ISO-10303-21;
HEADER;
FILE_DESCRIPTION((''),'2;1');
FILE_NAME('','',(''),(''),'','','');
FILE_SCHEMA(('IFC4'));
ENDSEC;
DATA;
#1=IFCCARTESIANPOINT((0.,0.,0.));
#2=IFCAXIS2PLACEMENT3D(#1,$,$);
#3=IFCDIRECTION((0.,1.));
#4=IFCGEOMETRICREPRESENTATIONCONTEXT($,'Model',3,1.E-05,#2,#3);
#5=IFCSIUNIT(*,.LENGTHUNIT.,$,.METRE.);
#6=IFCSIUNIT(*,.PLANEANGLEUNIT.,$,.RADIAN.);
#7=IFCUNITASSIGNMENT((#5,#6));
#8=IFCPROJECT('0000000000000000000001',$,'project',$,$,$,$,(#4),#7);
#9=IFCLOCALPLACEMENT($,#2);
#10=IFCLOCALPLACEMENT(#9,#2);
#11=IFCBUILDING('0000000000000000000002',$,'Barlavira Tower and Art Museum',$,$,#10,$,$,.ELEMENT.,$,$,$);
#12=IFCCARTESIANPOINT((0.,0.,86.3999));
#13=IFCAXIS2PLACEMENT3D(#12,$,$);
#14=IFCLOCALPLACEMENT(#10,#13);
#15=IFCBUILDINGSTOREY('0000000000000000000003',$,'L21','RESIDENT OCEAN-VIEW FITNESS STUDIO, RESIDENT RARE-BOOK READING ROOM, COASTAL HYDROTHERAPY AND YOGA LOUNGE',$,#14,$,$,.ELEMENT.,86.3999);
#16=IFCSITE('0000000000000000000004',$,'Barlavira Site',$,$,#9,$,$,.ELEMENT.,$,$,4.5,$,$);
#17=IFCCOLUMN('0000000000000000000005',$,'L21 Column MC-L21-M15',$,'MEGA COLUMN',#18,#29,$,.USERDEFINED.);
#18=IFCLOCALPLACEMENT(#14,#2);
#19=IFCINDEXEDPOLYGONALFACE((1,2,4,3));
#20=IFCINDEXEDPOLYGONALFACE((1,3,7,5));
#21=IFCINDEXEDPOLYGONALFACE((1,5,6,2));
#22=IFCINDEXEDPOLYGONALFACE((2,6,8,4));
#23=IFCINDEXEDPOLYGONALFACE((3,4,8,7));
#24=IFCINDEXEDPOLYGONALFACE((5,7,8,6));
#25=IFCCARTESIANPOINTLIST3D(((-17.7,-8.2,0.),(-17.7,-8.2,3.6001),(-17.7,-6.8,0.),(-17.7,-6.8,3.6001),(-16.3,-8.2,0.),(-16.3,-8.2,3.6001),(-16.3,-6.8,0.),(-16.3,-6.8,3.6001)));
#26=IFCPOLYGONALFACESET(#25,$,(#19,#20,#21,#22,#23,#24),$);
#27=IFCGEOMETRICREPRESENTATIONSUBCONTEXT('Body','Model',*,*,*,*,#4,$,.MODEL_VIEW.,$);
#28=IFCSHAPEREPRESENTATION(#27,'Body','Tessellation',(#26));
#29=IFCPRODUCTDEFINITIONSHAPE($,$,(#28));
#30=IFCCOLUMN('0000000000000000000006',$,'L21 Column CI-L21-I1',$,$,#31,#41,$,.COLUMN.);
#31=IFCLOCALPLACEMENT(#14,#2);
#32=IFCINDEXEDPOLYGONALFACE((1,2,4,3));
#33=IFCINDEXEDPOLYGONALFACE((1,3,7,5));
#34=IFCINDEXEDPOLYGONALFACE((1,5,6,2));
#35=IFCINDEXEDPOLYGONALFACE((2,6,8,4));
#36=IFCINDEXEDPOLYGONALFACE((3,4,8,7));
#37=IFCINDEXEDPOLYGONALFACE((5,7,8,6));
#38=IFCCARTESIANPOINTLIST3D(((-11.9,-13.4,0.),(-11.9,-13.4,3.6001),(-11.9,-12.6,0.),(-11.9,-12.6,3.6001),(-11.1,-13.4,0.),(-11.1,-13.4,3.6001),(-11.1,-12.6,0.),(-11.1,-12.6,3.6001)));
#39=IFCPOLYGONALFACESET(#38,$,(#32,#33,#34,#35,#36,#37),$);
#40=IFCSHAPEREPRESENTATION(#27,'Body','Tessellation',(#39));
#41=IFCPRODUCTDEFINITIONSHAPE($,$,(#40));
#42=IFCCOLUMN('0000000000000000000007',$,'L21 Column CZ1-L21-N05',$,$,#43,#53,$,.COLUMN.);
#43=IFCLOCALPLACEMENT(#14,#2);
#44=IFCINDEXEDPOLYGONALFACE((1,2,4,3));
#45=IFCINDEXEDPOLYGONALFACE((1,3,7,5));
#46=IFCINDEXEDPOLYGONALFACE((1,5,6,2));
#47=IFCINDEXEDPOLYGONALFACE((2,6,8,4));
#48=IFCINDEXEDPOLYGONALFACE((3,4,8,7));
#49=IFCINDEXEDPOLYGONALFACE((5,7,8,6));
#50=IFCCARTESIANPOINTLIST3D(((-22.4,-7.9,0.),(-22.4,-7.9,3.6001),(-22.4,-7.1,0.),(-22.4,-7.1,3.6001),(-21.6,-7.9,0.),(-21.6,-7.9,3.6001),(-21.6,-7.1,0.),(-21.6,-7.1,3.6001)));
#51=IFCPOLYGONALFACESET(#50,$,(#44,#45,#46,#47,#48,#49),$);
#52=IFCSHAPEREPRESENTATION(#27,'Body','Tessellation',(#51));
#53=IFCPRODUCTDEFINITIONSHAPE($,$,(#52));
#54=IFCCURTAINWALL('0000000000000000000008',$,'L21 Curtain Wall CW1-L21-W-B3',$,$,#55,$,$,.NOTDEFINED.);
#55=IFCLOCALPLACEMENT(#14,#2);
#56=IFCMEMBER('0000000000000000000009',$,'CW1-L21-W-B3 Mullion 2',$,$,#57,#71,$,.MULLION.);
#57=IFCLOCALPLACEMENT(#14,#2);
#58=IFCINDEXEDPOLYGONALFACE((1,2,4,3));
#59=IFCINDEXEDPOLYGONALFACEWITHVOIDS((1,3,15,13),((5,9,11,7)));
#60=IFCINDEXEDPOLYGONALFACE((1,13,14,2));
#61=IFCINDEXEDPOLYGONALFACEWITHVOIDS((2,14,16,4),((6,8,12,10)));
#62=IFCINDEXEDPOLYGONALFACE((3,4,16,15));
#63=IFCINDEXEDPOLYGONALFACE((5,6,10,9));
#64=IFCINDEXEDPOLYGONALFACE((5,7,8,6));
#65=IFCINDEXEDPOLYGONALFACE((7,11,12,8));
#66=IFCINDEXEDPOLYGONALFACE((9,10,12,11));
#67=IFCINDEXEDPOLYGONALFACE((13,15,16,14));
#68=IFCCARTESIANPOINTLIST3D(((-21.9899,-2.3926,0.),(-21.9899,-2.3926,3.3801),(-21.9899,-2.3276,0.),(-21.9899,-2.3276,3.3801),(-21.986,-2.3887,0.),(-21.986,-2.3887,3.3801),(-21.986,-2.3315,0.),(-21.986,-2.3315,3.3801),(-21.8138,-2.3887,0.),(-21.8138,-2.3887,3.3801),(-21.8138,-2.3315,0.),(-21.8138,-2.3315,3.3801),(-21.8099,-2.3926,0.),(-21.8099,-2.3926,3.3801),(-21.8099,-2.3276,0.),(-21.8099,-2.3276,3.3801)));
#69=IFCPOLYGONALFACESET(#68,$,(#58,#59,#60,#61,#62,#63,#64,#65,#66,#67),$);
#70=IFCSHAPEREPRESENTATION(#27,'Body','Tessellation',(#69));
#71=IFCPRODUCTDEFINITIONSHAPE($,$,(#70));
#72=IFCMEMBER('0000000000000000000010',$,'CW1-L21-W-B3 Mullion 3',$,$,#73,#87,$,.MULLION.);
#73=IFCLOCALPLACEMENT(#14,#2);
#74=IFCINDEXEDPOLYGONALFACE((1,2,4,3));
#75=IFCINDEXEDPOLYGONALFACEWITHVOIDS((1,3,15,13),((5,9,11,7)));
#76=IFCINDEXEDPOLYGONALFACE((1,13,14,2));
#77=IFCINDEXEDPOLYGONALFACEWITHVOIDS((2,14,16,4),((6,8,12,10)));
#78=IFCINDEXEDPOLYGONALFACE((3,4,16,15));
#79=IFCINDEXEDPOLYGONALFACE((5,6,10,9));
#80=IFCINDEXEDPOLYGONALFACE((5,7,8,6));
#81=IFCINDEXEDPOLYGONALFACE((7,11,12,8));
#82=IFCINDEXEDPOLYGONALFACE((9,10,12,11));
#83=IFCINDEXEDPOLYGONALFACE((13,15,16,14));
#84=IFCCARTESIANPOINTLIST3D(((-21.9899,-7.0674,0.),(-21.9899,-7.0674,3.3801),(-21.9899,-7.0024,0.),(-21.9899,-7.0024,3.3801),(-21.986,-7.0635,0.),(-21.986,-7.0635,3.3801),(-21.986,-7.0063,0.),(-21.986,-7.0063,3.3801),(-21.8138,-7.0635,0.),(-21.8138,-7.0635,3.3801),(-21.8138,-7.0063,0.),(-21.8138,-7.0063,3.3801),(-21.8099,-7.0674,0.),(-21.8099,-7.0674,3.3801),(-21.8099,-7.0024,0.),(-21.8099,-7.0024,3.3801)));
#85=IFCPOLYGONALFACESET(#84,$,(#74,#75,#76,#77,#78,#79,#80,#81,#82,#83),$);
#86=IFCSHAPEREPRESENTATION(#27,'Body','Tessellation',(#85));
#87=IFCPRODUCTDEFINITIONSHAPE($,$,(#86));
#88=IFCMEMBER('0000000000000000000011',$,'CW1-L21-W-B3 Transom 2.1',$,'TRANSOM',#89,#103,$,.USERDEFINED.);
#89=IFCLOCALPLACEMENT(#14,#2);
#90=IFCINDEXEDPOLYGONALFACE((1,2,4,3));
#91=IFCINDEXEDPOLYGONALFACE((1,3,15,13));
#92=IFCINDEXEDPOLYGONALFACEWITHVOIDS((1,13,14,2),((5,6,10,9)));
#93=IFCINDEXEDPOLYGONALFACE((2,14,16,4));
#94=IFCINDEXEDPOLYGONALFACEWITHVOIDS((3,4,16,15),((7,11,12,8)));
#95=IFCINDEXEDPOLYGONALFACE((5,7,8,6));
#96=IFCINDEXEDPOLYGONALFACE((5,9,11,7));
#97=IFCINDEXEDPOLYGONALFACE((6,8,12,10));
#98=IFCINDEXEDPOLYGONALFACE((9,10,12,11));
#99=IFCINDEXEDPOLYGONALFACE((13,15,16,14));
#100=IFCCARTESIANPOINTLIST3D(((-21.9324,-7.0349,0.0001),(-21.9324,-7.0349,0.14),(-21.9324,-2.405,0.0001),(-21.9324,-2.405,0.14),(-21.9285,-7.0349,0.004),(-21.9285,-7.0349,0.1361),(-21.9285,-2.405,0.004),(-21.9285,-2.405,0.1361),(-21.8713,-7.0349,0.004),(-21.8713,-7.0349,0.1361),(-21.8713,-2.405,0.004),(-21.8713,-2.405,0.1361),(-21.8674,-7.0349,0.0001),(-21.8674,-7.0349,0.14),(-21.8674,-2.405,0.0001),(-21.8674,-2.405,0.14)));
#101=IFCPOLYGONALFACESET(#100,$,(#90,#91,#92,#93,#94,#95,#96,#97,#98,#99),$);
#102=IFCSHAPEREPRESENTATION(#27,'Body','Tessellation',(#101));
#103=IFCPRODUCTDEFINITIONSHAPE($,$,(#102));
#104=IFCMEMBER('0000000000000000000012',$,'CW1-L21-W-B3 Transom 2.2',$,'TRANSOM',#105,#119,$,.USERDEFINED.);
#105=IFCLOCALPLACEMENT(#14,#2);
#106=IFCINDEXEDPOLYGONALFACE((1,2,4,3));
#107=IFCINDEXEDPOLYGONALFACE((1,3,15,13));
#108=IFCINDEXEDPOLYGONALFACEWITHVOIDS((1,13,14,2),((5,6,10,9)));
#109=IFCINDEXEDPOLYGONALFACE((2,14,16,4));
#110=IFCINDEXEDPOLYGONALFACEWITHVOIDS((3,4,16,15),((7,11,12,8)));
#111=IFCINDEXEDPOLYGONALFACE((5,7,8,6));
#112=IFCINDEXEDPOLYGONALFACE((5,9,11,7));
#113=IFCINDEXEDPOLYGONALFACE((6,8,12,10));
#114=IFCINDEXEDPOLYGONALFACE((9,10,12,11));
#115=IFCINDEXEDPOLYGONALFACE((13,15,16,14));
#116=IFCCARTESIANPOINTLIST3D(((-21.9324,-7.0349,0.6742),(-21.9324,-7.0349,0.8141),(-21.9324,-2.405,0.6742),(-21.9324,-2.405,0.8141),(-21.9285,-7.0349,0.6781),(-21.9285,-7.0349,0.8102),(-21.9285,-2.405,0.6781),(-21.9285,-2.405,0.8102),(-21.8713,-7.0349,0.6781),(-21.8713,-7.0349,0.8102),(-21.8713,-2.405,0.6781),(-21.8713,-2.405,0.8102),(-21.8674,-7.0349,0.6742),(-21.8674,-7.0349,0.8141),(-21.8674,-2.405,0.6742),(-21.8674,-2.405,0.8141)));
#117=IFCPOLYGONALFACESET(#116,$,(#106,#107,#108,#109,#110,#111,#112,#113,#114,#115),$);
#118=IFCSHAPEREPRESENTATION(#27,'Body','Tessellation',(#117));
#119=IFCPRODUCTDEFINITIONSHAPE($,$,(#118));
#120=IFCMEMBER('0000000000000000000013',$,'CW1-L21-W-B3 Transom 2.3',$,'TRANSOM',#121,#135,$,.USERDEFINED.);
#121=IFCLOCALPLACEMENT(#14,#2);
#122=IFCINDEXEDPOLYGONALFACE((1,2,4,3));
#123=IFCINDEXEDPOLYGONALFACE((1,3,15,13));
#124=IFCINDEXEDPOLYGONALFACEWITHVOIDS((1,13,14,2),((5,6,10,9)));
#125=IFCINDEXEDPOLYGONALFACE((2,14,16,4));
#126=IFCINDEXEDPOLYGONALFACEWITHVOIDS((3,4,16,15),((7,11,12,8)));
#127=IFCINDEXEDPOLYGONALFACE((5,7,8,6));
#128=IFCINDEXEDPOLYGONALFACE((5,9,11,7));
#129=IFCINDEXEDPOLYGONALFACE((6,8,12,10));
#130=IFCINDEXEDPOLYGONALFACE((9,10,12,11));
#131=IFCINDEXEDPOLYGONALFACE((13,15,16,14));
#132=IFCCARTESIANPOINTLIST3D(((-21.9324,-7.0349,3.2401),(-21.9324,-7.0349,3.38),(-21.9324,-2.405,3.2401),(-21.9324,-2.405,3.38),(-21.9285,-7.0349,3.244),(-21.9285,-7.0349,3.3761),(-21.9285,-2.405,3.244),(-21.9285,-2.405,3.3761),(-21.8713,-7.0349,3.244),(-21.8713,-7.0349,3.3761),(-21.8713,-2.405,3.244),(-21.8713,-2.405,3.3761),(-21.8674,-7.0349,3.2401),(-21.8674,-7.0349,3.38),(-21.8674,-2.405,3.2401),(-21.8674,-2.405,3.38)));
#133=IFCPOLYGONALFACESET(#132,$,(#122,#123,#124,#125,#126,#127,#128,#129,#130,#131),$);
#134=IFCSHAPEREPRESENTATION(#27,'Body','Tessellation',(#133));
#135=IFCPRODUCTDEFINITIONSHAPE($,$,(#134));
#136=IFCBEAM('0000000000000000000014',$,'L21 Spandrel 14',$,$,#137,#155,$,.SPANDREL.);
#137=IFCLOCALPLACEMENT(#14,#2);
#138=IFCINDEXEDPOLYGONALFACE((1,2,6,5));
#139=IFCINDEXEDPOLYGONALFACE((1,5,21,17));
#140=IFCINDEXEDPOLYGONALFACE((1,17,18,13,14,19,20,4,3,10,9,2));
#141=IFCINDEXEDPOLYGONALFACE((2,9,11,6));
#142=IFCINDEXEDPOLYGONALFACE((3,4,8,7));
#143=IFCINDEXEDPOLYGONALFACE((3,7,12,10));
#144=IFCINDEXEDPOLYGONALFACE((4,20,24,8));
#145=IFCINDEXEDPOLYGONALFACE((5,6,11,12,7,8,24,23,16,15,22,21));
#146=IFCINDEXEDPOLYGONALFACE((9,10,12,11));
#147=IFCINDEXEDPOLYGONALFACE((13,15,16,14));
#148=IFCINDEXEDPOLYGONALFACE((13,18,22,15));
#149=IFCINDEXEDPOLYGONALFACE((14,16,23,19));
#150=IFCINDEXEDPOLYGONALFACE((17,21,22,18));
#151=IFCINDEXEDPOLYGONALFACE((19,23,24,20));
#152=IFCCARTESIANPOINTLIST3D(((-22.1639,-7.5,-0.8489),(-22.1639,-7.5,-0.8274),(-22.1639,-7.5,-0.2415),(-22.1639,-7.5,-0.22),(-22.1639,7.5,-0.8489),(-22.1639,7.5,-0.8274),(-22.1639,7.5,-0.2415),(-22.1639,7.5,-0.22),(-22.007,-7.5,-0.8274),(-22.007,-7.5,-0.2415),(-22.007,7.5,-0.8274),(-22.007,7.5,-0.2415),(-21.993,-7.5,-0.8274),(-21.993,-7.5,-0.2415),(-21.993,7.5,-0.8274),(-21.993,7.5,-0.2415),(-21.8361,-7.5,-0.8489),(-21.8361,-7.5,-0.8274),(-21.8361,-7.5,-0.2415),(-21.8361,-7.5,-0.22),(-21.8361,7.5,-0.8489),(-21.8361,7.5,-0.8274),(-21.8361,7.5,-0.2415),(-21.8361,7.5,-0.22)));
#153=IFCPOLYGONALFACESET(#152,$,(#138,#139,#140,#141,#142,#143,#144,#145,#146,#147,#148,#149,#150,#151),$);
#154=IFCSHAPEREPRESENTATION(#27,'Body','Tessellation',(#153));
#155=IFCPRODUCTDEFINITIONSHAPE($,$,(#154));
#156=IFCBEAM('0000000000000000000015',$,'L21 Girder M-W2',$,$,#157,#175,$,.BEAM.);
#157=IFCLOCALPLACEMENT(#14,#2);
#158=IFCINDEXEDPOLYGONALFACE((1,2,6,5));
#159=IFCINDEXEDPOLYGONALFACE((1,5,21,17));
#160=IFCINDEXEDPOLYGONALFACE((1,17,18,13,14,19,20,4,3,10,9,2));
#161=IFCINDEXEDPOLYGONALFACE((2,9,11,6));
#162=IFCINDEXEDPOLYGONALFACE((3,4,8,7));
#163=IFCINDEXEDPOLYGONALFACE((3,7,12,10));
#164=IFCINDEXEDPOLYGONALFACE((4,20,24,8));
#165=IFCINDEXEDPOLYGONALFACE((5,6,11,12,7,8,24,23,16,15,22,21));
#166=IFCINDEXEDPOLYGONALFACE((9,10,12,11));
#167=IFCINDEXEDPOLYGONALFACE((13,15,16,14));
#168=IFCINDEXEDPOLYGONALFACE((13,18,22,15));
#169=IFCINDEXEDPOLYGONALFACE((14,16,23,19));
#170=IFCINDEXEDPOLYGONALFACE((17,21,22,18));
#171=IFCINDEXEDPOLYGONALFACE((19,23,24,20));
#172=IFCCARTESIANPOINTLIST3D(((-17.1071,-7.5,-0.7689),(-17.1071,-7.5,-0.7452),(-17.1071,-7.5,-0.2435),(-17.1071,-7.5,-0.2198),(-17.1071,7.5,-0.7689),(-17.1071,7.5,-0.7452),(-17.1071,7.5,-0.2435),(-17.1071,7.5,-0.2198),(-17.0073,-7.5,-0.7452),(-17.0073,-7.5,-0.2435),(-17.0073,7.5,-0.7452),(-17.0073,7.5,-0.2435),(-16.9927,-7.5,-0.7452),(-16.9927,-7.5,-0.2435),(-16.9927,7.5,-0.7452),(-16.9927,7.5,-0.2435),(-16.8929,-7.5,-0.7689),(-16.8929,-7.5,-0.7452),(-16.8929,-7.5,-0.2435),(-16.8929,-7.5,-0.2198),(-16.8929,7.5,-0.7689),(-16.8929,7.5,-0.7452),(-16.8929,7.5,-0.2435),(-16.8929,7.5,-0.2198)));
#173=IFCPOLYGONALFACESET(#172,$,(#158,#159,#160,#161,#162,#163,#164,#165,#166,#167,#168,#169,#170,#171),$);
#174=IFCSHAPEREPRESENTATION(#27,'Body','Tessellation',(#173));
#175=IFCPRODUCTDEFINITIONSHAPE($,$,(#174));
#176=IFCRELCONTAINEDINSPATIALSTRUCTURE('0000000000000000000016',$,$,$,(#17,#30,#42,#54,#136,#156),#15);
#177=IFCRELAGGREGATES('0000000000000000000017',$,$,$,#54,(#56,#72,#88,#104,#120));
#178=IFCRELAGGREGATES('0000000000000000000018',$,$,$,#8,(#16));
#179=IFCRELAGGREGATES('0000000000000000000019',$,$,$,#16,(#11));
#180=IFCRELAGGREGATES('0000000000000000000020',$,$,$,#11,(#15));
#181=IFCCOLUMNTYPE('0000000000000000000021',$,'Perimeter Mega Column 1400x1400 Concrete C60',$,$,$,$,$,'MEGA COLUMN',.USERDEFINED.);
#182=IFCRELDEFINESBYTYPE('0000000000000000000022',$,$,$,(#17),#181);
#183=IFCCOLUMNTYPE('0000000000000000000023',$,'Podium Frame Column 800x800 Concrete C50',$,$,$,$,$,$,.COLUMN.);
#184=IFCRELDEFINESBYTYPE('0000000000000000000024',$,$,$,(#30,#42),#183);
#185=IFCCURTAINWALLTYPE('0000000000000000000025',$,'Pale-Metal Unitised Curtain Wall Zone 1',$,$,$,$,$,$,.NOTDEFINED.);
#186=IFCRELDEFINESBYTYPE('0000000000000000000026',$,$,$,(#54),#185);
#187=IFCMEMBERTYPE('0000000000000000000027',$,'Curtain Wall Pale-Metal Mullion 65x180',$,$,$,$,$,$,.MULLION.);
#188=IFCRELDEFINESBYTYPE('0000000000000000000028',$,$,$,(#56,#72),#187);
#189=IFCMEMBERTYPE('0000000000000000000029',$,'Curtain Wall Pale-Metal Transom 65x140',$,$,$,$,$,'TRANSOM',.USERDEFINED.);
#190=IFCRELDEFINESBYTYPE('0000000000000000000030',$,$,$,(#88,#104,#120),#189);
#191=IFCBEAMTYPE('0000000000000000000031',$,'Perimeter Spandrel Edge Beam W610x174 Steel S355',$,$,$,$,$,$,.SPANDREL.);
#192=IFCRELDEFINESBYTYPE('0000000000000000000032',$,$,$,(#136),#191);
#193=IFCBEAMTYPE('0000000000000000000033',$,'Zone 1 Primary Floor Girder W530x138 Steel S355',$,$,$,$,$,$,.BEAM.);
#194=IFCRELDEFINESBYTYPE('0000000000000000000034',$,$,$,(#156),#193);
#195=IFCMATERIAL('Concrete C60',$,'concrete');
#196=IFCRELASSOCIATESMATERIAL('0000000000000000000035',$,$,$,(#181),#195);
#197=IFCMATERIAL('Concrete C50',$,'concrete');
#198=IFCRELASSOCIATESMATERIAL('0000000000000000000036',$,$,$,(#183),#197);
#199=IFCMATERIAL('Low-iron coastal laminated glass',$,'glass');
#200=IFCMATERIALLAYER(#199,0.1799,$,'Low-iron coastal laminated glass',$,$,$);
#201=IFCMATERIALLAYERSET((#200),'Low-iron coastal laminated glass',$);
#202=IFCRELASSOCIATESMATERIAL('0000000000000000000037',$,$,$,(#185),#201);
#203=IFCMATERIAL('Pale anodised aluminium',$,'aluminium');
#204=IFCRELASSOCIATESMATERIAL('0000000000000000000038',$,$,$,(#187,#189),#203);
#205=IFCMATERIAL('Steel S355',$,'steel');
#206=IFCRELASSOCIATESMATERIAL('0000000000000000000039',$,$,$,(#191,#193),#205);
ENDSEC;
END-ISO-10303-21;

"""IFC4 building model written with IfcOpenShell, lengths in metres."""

from ifc_helpers import new_model, si_unit, direction, frame, origin, origin_2d, place, context, subcontext, project, spatial, rectangle, hollow_rectangle, i_section, extrude, material, layer, layer_set, material_profile, profile_set, type_object, element, aggregate, save


model = new_model("IFC4")

# Units and contexts
model_context = context("Model", 3, precision=1e-05, world=origin(), true_north=direction((0.0, 1.0)))
body_context = subcontext(model_context, "Body", "Model", "MODEL_VIEW")
ifc_project = project(units=[si_unit("LENGTHUNIT", "METRE"), si_unit("PLANEANGLEUNIT", "RADIAN")], contexts=[model_context])

# Site, building, storey
site_placement = place(None, origin())
site = spatial("IfcSite", under=ifc_project, at=site_placement, Name="Barlavira Site", CompositionType="ELEMENT", RefElevation=4.5)
building_placement = place(site_placement, origin())
building = spatial("IfcBuilding", under=site, at=building_placement, Name="Barlavira Tower and Art Museum", CompositionType="ELEMENT")
storey_placement = place(building_placement, frame((0.0, 0.0, 86.3999)))
storey = spatial("IfcBuildingStorey", under=building, at=storey_placement, Name="L21", Description="RESIDENT OCEAN-VIEW FITNESS STUDIO, RESIDENT RARE-BOOK READING ROOM, COASTAL HYDROTHERAPY AND YOGA LOUNGE", CompositionType="ELEMENT", Elevation=86.3999)

# Columns
ifc_material_1 = material(Name="Concrete C60", Category="concrete")
ifc_material_profile_1 = material_profile(ifc_material_1, rectangle(XDim=1.3999, YDim=1.3999, at=origin_2d()), Name="RC-MCOL 1400x1400")
ifc_profile_set_1 = profile_set([ifc_material_profile_1], Name="Concrete C60")
column_type_1 = type_object("IfcColumnType", Name="Perimeter Mega Column 1400x1400 Concrete C60", ElementType="MEGA COLUMN", PredefinedType="USERDEFINED", material=ifc_profile_set_1)
column_placement = place(storey_placement, frame((-17.0, -7.5, 0.0), z_axis=(0.0, 0.0, 1.0), x_axis=(1.0, 0.0, 0.0)))
element("IfcColumn", 1, at=column_placement, inside=storey, type_object=column_type_1, Name="L21 Column MC-L21-M15", ObjectType="MEGA COLUMN", PredefinedType="USERDEFINED", context=body_context, shape_type="SweptSolid", body=[
    extrude(rectangle(XDim=1.3999, YDim=1.3999, at=origin_2d()), origin(), (0.0, 0.0, 1.0), 3.6001),
])
ifc_material_2 = material(Name="Concrete C50", Category="concrete")
ifc_material_profile_2 = material_profile(ifc_material_2, rectangle(XDim=0.8, YDim=0.8, at=origin_2d()), Name="RC-COL 800x800")
ifc_profile_set_2 = profile_set([ifc_material_profile_2], Name="Concrete C50")
column_type_2 = type_object("IfcColumnType", Name="Podium Frame Column 800x800 Concrete C50", PredefinedType="COLUMN", material=ifc_profile_set_2)
for number, where, z_axis, x_axis, name in (
    (2, (-11.5, -13.0, 0.0), (0.0, 0.0, 1.0), (1.0, 0.0, 0.0), "L21 Column CI-L21-I1"),
    (3, (-22.0, -7.5, 0.0), (0.0, 0.0, 1.0), (1.0, 0.0, 0.0), "L21 Column CZ1-L21-N05"),
):
    element("IfcColumn", number, at=place(storey_placement, frame(where, z_axis=z_axis, x_axis=x_axis)), inside=storey, type_object=column_type_2, Name=name, PredefinedType="COLUMN", context=body_context, shape_type="SweptSolid", body=[
        extrude(rectangle(XDim=0.8, YDim=0.8, at=origin_2d()), origin(), (0.0, 0.0, 1.0), 3.6001),
    ])

# Curtain wall, members
ifc_material_3 = material(Name="Low-iron coastal laminated glass", Category="glass")
ifc_layer_1 = layer(ifc_material_3, 0.1799, Name="Low-iron coastal laminated glass")
ifc_layer_set_1 = layer_set([ifc_layer_1], Name="Low-iron coastal laminated glass")
curtain_wall_type = type_object("IfcCurtainWallType", Name="Pale-Metal Unitised Curtain Wall Zone 1", PredefinedType="NOTDEFINED", material=ifc_layer_set_1)
curtain_wall_placement = place(storey_placement, origin())
curtain_wall = element("IfcCurtainWall", 4, at=curtain_wall_placement, inside=storey, type_object=curtain_wall_type, Name="L21 Curtain Wall CW1-L21-W-B3", PredefinedType="NOTDEFINED")
ifc_material_4 = material(Name="Pale anodised aluminium", Category="aluminium")
ifc_material_profile_3 = material_profile(ifc_material_4, hollow_rectangle(XDim=0.0649, YDim=0.1799, WallThickness=0.0039, at=origin_2d()), Name="ALU-MULL 65x180x4")
ifc_profile_set_3 = profile_set([ifc_material_profile_3], Name="Pale anodised aluminium")
member_type_1 = type_object("IfcMemberType", Name="Curtain Wall Pale-Metal Mullion 65x180", PredefinedType="MULLION", material=ifc_profile_set_3)
member_1_placement = place(storey_placement, frame((-21.8999, -2.3601, 0.0), z_axis=(0.0, 0.0, 1.0), x_axis=(0.0, -1.0, 0.0)))
member_1 = element("IfcMember", 5, at=member_1_placement, type_object=member_type_1, Name="CW1-L21-W-B3 Mullion 2", PredefinedType="MULLION", context=body_context, shape_type="SweptSolid", body=[
    extrude(hollow_rectangle(XDim=0.0649, YDim=0.1799, WallThickness=0.0039, at=origin_2d()), origin(), (0.0, 0.0, 1.0), 3.3801),
])
member_2_placement = place(storey_placement, frame((-21.8999, -7.0349, 0.0), z_axis=(0.0, 0.0, 1.0), x_axis=(0.0, -1.0, 0.0)))
member_2 = element("IfcMember", 6, at=member_2_placement, type_object=member_type_1, Name="CW1-L21-W-B3 Mullion 3", PredefinedType="MULLION", context=body_context, shape_type="SweptSolid", body=[
    extrude(hollow_rectangle(XDim=0.0649, YDim=0.1799, WallThickness=0.0039, at=origin_2d()), origin(), (0.0, 0.0, 1.0), 3.3801),
])
ifc_material_profile_4 = material_profile(ifc_material_4, hollow_rectangle(XDim=0.0649, YDim=0.1399, WallThickness=0.0039, at=origin_2d()), Name="ALU-TRAN 65x140x4")
ifc_profile_set_4 = profile_set([ifc_material_profile_4], Name="Pale anodised aluminium")
member_type_2 = type_object("IfcMemberType", Name="Curtain Wall Pale-Metal Transom 65x140", ElementType="TRANSOM", PredefinedType="USERDEFINED", material=ifc_profile_set_4)
member_3_placement = place(storey_placement, frame((-21.8999, -2.405, 0.0701), z_axis=(0.0, -1.0, 0.0), x_axis=(1.0, 0.0, 0.0)))
member_3 = element("IfcMember", 7, at=member_3_placement, type_object=member_type_2, Name="CW1-L21-W-B3 Transom 2.1", ObjectType="TRANSOM", PredefinedType="USERDEFINED", context=body_context, shape_type="SweptSolid", body=[
    extrude(hollow_rectangle(XDim=0.0649, YDim=0.1399, WallThickness=0.0039, at=origin_2d()), origin(), (0.0, 0.0, 1.0), 4.6299),
])
member_4_placement = place(storey_placement, frame((-21.8999, -2.405, 0.7441), z_axis=(0.0, -1.0, 0.0), x_axis=(1.0, 0.0, 0.0)))
member_4 = element("IfcMember", 8, at=member_4_placement, type_object=member_type_2, Name="CW1-L21-W-B3 Transom 2.2", ObjectType="TRANSOM", PredefinedType="USERDEFINED", context=body_context, shape_type="SweptSolid", body=[
    extrude(hollow_rectangle(XDim=0.0649, YDim=0.1399, WallThickness=0.0039, at=origin_2d()), origin(), (0.0, 0.0, 1.0), 4.6299),
])
member_5_placement = place(storey_placement, frame((-21.8999, -2.405, 3.3101), z_axis=(0.0, -1.0, 0.0), x_axis=(1.0, 0.0, 0.0)))
member_5 = element("IfcMember", 9, at=member_5_placement, type_object=member_type_2, Name="CW1-L21-W-B3 Transom 2.3", ObjectType="TRANSOM", PredefinedType="USERDEFINED", context=body_context, shape_type="SweptSolid", body=[
    extrude(hollow_rectangle(XDim=0.0649, YDim=0.1399, WallThickness=0.0039, at=origin_2d()), origin(), (0.0, 0.0, 1.0), 4.6299),
])

# Beams
ifc_material_5 = material(Name="Steel S355", Category="steel")
ifc_material_profile_5 = material_profile(ifc_material_5, i_section(OverallWidth=0.3279, OverallDepth=0.6289, WebThickness=0.0139, FlangeThickness=0.0215, at=origin_2d()), Name="W610x174.0")
ifc_profile_set_5 = profile_set([ifc_material_profile_5], Name="Steel S355")
beam_type_1 = type_object("IfcBeamType", Name="Perimeter Spandrel Edge Beam W610x174 Steel S355", PredefinedType="SPANDREL", material=ifc_profile_set_5)
beam_1_placement = place(storey_placement, frame((-22.0, -7.5, -0.5344), z_axis=(0.0, 1.0, 0.0), x_axis=(-1.0, 0.0, 0.0)))
element("IfcBeam", 10, at=beam_1_placement, inside=storey, type_object=beam_type_1, Name="L21 Spandrel 14", PredefinedType="SPANDREL", context=body_context, shape_type="SweptSolid", body=[
    extrude(i_section(OverallWidth=0.3279, OverallDepth=0.6289, WebThickness=0.0139, FlangeThickness=0.0215, at=origin_2d()), origin(), (0.0, 0.0, 1.0), 15.0),
])
ifc_material_profile_6 = material_profile(ifc_material_5, i_section(OverallWidth=0.2141, OverallDepth=0.5491, WebThickness=0.0146, FlangeThickness=0.0237, at=origin_2d()), Name="W530x138.0")
ifc_profile_set_6 = profile_set([ifc_material_profile_6], Name="Steel S355")
beam_type_2 = type_object("IfcBeamType", Name="Zone 1 Primary Floor Girder W530x138 Steel S355", PredefinedType="BEAM", material=ifc_profile_set_6)
beam_2_placement = place(storey_placement, frame((-17.0, -7.5, -0.4944), z_axis=(0.0, 1.0, 0.0), x_axis=(-1.0, 0.0, 0.0)))
element("IfcBeam", 11, at=beam_2_placement, inside=storey, type_object=beam_type_2, Name="L21 Girder M-W2", PredefinedType="BEAM", context=body_context, shape_type="SweptSolid", body=[
    extrude(i_section(OverallWidth=0.2141, OverallDepth=0.5491, WebThickness=0.0146, FlangeThickness=0.0237, at=origin_2d()), origin(), (0.0, 0.0, 1.0), 15.0),
])

aggregate(curtain_wall, [member_1, member_2, member_3, member_4, member_5])

save(model, "model.ifc")
